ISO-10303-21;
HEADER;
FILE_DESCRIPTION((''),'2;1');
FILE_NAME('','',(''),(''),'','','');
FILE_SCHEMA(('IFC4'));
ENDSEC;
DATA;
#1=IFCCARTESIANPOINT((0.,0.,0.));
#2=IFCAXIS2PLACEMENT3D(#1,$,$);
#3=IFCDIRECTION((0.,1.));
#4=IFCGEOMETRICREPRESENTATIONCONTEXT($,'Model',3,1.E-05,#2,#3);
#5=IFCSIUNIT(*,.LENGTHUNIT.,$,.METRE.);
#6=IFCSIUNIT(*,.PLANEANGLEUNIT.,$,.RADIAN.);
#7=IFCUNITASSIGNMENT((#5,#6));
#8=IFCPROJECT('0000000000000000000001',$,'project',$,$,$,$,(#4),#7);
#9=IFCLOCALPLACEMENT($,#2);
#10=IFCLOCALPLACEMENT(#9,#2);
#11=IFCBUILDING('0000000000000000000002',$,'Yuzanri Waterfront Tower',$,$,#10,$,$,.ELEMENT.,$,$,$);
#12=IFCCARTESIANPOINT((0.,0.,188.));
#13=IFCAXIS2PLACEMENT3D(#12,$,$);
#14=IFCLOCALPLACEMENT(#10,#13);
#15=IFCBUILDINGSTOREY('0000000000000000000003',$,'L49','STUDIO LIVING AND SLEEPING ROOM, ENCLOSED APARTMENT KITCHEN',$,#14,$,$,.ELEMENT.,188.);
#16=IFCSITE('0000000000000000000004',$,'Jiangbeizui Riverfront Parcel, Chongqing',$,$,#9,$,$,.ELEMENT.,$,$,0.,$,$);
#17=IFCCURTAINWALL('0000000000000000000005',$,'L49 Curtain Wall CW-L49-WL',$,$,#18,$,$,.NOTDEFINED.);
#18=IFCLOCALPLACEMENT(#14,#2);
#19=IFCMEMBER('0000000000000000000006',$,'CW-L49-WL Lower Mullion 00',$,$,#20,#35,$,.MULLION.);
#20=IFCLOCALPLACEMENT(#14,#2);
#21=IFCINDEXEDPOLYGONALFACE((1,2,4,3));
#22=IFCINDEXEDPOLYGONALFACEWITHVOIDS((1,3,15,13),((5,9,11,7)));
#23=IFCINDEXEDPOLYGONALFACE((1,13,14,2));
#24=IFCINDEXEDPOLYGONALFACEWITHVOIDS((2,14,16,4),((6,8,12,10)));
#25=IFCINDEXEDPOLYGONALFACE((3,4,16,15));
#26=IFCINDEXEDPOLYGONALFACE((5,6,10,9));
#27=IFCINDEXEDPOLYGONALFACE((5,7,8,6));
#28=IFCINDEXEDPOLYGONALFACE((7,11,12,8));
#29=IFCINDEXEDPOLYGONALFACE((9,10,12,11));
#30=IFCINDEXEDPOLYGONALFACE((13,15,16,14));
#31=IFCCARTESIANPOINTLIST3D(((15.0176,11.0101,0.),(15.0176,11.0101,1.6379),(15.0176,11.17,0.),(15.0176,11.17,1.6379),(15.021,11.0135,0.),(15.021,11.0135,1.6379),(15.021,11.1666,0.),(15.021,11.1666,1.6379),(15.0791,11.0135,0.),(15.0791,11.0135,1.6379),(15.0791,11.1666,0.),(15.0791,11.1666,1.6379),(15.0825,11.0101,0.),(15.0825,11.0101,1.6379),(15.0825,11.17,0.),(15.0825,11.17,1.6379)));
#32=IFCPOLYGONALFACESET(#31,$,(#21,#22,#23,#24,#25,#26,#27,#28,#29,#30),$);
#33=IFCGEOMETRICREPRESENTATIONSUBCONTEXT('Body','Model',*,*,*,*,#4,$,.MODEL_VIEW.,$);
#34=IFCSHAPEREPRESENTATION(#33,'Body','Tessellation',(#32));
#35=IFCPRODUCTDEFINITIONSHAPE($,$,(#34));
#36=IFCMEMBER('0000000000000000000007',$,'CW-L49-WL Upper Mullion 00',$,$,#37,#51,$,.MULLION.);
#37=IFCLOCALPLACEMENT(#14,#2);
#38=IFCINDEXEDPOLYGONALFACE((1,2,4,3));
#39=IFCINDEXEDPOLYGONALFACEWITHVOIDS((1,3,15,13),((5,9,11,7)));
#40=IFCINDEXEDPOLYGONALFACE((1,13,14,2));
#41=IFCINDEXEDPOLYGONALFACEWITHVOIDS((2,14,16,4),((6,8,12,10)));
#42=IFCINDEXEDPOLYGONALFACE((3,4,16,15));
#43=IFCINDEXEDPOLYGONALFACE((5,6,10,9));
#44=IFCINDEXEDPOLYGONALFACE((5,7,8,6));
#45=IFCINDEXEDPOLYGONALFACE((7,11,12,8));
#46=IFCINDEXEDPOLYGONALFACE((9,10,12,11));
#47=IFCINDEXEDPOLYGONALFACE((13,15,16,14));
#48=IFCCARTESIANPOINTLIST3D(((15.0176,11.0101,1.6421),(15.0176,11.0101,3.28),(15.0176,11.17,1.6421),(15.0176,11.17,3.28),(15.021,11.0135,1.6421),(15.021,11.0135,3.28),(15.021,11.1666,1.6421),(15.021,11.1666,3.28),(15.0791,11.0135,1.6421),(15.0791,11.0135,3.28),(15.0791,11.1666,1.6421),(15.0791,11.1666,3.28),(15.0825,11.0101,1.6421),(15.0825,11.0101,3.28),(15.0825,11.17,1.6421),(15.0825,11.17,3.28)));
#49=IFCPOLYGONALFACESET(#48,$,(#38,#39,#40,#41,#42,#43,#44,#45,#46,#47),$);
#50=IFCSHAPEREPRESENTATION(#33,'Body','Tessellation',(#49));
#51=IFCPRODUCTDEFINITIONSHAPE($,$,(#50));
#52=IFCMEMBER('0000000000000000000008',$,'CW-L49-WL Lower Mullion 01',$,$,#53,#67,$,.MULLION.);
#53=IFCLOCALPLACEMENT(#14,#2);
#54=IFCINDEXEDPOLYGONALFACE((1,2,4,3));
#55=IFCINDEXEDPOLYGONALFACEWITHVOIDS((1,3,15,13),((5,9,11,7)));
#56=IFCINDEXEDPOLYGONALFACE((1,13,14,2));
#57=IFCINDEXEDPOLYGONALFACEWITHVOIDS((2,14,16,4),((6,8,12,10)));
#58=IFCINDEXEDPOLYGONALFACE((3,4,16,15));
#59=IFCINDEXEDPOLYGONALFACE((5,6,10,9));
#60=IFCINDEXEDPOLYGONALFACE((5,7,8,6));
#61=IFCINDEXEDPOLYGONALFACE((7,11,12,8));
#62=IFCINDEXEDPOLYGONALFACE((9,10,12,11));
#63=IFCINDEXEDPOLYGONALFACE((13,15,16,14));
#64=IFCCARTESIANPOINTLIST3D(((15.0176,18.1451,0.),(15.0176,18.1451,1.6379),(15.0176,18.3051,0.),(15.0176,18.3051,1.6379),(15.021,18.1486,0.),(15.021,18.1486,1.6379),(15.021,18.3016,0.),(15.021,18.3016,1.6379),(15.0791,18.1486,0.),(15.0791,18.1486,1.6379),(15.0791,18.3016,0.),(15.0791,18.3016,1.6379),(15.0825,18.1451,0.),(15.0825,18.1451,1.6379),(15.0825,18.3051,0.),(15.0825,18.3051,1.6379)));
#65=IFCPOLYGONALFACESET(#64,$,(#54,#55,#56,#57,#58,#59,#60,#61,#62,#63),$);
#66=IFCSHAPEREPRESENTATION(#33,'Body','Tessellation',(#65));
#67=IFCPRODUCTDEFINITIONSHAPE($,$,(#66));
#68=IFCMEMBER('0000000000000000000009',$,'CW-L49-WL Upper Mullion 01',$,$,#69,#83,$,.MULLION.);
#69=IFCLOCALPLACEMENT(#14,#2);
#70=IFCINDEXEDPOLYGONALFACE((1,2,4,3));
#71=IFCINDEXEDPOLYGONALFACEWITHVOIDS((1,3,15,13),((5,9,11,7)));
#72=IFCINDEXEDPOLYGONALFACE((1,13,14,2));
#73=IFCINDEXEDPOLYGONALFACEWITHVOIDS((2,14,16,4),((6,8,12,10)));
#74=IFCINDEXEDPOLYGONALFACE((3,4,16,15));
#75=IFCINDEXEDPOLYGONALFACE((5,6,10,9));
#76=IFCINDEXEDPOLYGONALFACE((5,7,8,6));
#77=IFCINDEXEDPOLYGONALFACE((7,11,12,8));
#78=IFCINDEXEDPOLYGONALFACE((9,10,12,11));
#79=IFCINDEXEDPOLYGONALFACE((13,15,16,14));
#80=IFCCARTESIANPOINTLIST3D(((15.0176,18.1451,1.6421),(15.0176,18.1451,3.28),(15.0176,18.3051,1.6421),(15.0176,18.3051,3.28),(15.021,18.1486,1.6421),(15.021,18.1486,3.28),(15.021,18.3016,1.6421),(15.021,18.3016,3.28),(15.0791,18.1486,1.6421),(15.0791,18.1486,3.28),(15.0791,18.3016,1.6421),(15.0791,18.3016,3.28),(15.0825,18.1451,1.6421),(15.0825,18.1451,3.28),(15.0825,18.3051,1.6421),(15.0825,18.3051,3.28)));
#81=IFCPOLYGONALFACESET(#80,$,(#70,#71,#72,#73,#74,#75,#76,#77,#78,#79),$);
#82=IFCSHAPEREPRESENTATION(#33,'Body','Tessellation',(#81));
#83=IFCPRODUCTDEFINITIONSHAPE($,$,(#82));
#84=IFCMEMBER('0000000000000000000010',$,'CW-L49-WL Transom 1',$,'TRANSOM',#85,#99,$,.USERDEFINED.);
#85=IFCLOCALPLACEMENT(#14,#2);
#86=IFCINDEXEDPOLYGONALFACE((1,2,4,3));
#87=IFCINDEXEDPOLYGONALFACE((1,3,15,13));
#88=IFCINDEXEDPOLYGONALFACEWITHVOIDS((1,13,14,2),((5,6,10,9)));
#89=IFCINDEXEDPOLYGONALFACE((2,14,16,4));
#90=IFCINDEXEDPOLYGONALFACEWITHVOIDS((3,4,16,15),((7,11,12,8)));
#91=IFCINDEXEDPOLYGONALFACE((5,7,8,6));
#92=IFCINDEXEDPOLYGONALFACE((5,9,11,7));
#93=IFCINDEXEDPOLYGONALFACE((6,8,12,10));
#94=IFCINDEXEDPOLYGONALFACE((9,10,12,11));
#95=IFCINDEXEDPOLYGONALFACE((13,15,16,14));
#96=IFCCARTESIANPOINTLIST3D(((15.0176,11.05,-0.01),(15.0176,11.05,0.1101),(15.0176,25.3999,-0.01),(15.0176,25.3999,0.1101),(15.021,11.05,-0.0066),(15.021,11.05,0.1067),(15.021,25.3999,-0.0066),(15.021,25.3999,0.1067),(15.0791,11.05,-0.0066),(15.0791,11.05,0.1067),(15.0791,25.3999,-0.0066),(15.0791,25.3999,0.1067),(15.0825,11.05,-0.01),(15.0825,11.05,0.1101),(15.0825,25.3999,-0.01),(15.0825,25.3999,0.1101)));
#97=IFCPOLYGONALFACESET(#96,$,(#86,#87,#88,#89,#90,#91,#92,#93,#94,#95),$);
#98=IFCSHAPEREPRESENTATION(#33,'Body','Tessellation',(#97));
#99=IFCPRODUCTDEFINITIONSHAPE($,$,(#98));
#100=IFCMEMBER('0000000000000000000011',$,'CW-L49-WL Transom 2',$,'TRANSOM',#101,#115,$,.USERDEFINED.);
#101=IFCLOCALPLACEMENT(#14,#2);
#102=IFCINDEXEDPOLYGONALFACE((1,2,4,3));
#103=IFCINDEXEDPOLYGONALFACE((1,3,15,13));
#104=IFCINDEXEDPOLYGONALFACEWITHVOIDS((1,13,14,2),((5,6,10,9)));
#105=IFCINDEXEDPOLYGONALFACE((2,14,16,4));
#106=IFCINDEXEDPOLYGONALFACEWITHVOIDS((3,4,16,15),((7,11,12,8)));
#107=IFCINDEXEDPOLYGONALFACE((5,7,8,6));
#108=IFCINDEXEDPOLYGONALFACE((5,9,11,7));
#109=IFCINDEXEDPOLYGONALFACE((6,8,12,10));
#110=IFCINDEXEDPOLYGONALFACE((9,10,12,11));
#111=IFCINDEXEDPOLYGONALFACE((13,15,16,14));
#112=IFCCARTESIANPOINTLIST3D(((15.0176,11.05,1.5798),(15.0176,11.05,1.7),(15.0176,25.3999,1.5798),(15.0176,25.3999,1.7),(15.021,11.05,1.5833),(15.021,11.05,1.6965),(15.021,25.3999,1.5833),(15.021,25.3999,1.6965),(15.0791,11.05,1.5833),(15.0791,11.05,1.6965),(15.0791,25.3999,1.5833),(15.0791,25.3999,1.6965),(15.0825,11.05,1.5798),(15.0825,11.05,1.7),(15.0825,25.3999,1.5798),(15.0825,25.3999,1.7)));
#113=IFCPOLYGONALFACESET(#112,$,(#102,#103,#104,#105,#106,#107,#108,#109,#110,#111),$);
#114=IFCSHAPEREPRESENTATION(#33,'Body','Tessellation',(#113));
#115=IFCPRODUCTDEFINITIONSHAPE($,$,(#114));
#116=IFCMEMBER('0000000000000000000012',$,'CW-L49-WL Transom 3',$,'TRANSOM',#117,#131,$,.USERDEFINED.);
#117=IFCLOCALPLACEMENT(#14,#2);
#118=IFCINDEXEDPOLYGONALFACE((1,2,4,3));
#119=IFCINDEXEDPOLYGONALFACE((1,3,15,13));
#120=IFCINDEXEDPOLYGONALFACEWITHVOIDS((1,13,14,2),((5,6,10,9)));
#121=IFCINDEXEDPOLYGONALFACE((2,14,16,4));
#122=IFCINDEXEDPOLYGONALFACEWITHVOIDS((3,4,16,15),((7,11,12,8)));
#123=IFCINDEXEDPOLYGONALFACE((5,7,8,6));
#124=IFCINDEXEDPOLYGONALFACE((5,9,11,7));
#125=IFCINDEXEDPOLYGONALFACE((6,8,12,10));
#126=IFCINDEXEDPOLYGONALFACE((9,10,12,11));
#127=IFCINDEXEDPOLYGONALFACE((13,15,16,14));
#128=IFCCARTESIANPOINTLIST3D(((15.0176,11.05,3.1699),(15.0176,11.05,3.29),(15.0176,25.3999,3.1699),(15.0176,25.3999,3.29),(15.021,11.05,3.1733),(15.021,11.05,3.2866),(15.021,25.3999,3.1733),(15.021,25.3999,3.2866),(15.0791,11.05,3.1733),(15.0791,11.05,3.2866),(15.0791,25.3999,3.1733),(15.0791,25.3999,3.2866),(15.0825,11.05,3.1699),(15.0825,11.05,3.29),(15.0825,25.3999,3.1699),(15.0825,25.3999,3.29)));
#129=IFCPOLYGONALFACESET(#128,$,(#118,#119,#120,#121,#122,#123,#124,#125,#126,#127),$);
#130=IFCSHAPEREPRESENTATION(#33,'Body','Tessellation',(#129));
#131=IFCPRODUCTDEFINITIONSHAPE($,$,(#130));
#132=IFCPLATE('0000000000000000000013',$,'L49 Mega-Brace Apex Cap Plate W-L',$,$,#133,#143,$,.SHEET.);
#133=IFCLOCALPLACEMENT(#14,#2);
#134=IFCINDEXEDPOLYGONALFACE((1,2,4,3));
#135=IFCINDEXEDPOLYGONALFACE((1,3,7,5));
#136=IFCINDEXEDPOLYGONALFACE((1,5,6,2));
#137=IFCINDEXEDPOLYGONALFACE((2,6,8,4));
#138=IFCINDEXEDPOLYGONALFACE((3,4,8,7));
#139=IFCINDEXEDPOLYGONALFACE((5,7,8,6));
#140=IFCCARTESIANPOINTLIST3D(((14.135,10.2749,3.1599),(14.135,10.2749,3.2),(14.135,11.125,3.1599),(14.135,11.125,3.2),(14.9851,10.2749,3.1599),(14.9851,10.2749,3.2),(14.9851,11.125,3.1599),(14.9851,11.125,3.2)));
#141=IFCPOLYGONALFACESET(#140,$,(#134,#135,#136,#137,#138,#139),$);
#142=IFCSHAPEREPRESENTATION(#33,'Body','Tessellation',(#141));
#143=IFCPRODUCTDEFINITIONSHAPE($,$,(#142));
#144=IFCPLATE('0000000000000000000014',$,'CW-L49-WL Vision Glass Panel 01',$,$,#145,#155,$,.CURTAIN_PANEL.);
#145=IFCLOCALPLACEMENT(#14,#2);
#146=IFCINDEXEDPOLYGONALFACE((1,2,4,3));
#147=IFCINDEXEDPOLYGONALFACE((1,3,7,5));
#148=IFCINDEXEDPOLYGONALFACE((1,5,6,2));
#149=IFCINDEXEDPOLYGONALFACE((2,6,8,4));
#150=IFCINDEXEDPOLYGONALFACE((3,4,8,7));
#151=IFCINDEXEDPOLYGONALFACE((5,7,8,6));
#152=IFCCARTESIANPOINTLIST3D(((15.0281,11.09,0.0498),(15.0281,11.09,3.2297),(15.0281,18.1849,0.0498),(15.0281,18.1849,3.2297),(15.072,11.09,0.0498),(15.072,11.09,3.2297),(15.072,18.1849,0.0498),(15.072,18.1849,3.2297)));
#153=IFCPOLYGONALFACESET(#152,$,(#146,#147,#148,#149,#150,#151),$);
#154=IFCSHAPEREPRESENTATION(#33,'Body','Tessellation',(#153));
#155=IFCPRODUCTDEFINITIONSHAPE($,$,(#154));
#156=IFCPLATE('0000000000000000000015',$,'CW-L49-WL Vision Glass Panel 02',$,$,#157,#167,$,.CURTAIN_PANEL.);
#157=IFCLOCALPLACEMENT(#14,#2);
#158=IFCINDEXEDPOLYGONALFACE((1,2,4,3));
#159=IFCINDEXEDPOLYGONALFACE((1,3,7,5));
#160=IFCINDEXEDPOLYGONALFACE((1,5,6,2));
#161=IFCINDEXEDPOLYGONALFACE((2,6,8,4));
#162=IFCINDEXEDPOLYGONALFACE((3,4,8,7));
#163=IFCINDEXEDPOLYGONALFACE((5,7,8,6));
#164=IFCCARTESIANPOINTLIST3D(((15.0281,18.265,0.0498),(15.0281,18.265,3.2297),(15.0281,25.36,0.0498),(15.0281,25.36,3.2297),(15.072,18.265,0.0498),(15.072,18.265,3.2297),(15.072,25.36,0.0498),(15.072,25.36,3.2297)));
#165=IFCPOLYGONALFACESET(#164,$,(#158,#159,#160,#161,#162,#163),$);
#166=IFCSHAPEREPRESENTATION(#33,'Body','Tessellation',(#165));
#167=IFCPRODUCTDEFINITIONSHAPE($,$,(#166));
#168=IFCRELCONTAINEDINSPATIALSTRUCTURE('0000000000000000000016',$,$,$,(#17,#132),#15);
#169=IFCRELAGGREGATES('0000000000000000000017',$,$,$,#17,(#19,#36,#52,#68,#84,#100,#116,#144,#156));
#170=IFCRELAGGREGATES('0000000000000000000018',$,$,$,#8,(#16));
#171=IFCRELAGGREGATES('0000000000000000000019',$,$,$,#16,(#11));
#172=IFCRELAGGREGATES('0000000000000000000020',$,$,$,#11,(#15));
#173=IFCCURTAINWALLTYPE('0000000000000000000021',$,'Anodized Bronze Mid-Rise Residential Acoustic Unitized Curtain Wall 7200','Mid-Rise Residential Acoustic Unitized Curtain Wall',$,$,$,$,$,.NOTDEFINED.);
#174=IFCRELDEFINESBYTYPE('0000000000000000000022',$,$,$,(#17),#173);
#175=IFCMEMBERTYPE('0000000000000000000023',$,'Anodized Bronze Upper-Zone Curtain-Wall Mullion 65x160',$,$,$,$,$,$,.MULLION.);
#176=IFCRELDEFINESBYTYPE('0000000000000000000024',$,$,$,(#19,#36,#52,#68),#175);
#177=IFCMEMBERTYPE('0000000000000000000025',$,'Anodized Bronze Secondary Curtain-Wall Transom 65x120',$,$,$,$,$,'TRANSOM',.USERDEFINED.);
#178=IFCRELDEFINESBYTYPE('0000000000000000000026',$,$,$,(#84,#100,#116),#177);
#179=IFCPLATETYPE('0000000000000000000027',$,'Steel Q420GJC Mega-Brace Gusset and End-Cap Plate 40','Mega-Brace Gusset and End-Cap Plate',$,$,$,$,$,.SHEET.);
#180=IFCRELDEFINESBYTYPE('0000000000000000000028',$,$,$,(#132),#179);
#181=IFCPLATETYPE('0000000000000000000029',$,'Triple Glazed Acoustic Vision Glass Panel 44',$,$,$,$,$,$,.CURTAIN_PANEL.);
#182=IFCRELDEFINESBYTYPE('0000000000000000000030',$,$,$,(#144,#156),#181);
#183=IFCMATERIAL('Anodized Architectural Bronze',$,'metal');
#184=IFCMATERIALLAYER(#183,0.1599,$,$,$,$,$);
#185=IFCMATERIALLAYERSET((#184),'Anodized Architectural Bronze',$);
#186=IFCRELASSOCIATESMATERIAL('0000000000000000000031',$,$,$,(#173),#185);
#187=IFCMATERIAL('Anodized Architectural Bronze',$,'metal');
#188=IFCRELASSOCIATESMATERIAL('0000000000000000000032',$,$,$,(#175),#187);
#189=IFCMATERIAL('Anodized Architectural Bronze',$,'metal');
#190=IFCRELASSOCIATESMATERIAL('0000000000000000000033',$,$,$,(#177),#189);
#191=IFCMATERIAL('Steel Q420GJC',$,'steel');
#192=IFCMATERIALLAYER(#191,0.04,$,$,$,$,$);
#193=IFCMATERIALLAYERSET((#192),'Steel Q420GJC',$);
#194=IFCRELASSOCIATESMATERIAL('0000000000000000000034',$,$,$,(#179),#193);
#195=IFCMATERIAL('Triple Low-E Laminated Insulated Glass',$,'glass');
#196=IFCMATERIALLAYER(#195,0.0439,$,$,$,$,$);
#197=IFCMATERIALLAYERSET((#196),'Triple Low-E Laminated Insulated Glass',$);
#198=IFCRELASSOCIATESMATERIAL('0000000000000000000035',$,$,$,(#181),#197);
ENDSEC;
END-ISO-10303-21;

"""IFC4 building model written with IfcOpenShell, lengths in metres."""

from ifc_helpers import new_model, si_unit, direction, frame, origin, origin_2d, place, context, subcontext, project, spatial, rectangle, hollow_rectangle, extrude, source, transform, mapped, material, layer, layer_set, material_profile, profile_set, type_object, element, aggregate, save


model = new_model("IFC4")

# Units and contexts
model_context = context("Model", 3, precision=1e-05, world=origin(), true_north=direction((0.0, 1.0)))
body_context = subcontext(model_context, "Body", "Model", "MODEL_VIEW")
ifc_project = project(units=[si_unit("LENGTHUNIT", "METRE"), si_unit("PLANEANGLEUNIT", "RADIAN")], contexts=[model_context])

# Site, building, storey
site_placement = place(None, origin())
site = spatial("IfcSite", under=ifc_project, at=site_placement, Name="Jiangbeizui Riverfront Parcel, Chongqing", CompositionType="ELEMENT", RefElevation=0.0)
building_placement = place(site_placement, origin())
building = spatial("IfcBuilding", under=site, at=building_placement, Name="Yuzanri Waterfront Tower", CompositionType="ELEMENT")
storey_placement = place(building_placement, frame((0.0, 0.0, 188.0)))
storey = spatial("IfcBuildingStorey", under=building, at=storey_placement, Name="L49", Description="STUDIO LIVING AND SLEEPING ROOM, ENCLOSED APARTMENT KITCHEN", CompositionType="ELEMENT", Elevation=188.0)

# Curtain wall, members
ifc_material_1 = material(Name="Anodized Architectural Bronze", Category="metal")
ifc_layer_1 = layer(ifc_material_1, 0.1599)
ifc_layer_set_1 = layer_set([ifc_layer_1], Name="Anodized Architectural Bronze")
curtain_wall_type = type_object("IfcCurtainWallType", Name="Anodized Bronze Mid-Rise Residential Acoustic Unitized Curtain Wall 7200", Description="Mid-Rise Residential Acoustic Unitized Curtain Wall", PredefinedType="NOTDEFINED", material=ifc_layer_set_1)
curtain_wall_placement = place(storey_placement, origin())
curtain_wall = element("IfcCurtainWall", 1, at=curtain_wall_placement, inside=storey, type_object=curtain_wall_type, Name="L49 Curtain Wall CW-L49-WL", PredefinedType="NOTDEFINED")
ifc_material_2 = material(Name="Anodized Architectural Bronze", Category="metal")
ifc_material_profile_1 = material_profile(ifc_material_2, hollow_rectangle(XDim=0.0649, YDim=0.1599, WallThickness=0.0034, at=origin_2d()), Name="CWM 65x160")
ifc_profile_set_1 = profile_set([ifc_material_profile_1], Name="Anodized Architectural Bronze")
member_type_1 = type_object("IfcMemberType", Name="Anodized Bronze Upper-Zone Curtain-Wall Mullion 65x160", PredefinedType="MULLION", material=ifc_profile_set_1)
shared_shape_1 = source(origin(), body_context, "Body", "SweptSolid", [
    extrude(hollow_rectangle(XDim=0.0649, YDim=0.1599, WallThickness=0.0034, at=origin_2d()), origin(), (0.0, 0.0, 1.0), 1.6379),
])
member_1_placement = place(storey_placement, frame((15.05, 11.0901, 0.0), z_axis=(0.0, 0.0, 1.0), x_axis=(1.0, 0.0, 0.0)))
member_1 = element("IfcMember", 2, at=member_1_placement, type_object=member_type_1, Name="CW-L49-WL Lower Mullion 00", PredefinedType="MULLION", context=body_context, shape_type="MappedRepresentation", body=[
    mapped(shared_shape_1, transform((0.0, 0.0, 0.0), scale=1.0)),
])
member_2_placement = place(storey_placement, frame((15.05, 11.0901, 1.6421), z_axis=(0.0, 0.0, 1.0), x_axis=(1.0, 0.0, 0.0)))
member_2 = element("IfcMember", 3, at=member_2_placement, type_object=member_type_1, Name="CW-L49-WL Upper Mullion 00", PredefinedType="MULLION", context=body_context, shape_type="MappedRepresentation", body=[
    mapped(shared_shape_1, transform((0.0, 0.0, 0.0), scale=1.0)),
])
member_3_placement = place(storey_placement, frame((15.05, 18.2251, 0.0), z_axis=(0.0, 0.0, 1.0), x_axis=(1.0, 0.0, 0.0)))
member_3 = element("IfcMember", 4, at=member_3_placement, type_object=member_type_1, Name="CW-L49-WL Lower Mullion 01", PredefinedType="MULLION", context=body_context, shape_type="MappedRepresentation", body=[
    mapped(shared_shape_1, transform((0.0, 0.0, 0.0), scale=1.0)),
])
member_4_placement = place(storey_placement, frame((15.05, 18.2251, 1.6421), z_axis=(0.0, 0.0, 1.0), x_axis=(1.0, 0.0, 0.0)))
member_4 = element("IfcMember", 5, at=member_4_placement, type_object=member_type_1, Name="CW-L49-WL Upper Mullion 01", PredefinedType="MULLION", context=body_context, shape_type="MappedRepresentation", body=[
    mapped(shared_shape_1, transform((0.0, 0.0, 0.0), scale=1.0)),
])
ifc_material_3 = material(Name="Anodized Architectural Bronze", Category="metal")
ifc_material_profile_2 = material_profile(ifc_material_3, hollow_rectangle(XDim=0.0649, YDim=0.1201, WallThickness=0.0034, at=origin_2d()), Name="CWT 65x120")
ifc_profile_set_2 = profile_set([ifc_material_profile_2], Name="Anodized Architectural Bronze")
member_type_2 = type_object("IfcMemberType", Name="Anodized Bronze Secondary Curtain-Wall Transom 65x120", ElementType="TRANSOM", PredefinedType="USERDEFINED", material=ifc_profile_set_2)
shared_shape_2 = source(origin(), body_context, "Body", "SweptSolid", [
    extrude(hollow_rectangle(XDim=0.0649, YDim=0.1201, WallThickness=0.0034, at=origin_2d()), origin(), (0.0, 0.0, 1.0), 14.3499),
])
member_5_placement = place(storey_placement, frame((15.05, 11.05, 0.05), z_axis=(0.0, 1.0, 0.0), x_axis=(-1.0, 0.0, 0.0)))
member_5 = element("IfcMember", 6, at=member_5_placement, type_object=member_type_2, Name="CW-L49-WL Transom 1", ObjectType="TRANSOM", PredefinedType="USERDEFINED", context=body_context, shape_type="MappedRepresentation", body=[
    mapped(shared_shape_2, transform((0.0, 0.0, 0.0), scale=1.0)),
])
member_6_placement = place(storey_placement, frame((15.05, 11.05, 1.6399), z_axis=(0.0, 1.0, 0.0), x_axis=(-1.0, 0.0, 0.0)))
member_6 = element("IfcMember", 7, at=member_6_placement, type_object=member_type_2, Name="CW-L49-WL Transom 2", ObjectType="TRANSOM", PredefinedType="USERDEFINED", context=body_context, shape_type="MappedRepresentation", body=[
    mapped(shared_shape_2, transform((0.0, 0.0, 0.0), scale=1.0)),
])
member_7_placement = place(storey_placement, frame((15.05, 11.05, 3.23), z_axis=(0.0, 1.0, 0.0), x_axis=(-1.0, 0.0, 0.0)))
member_7 = element("IfcMember", 8, at=member_7_placement, type_object=member_type_2, Name="CW-L49-WL Transom 3", ObjectType="TRANSOM", PredefinedType="USERDEFINED", context=body_context, shape_type="MappedRepresentation", body=[
    mapped(shared_shape_2, transform((0.0, 0.0, 0.0), scale=1.0)),
])

# Plates
ifc_material_4 = material(Name="Steel Q420GJC", Category="steel")
ifc_layer_2 = layer(ifc_material_4, 0.04)
ifc_layer_set_2 = layer_set([ifc_layer_2], Name="Steel Q420GJC")
plate_type_1 = type_object("IfcPlateType", Name="Steel Q420GJC Mega-Brace Gusset and End-Cap Plate 40", Description="Mega-Brace Gusset and End-Cap Plate", PredefinedType="SHEET", material=ifc_layer_set_2)
shared_shape_3 = source(origin(), body_context, "Body", "SweptSolid", [
    extrude(rectangle(XDim=0.8501, YDim=0.8501, at=origin_2d()), origin(), (0.0, 0.0, 1.0), 0.04),
])
plate_1_placement = place(storey_placement, frame((14.5601, 10.7, 3.1599), z_axis=(0.0, 0.0, 1.0), x_axis=(1.0, 0.0, 0.0)))
element("IfcPlate", 9, at=plate_1_placement, inside=storey, type_object=plate_type_1, Name="L49 Mega-Brace Apex Cap Plate W-L", PredefinedType="SHEET", context=body_context, shape_type="MappedRepresentation", body=[
    mapped(shared_shape_3, transform((0.0, 0.0, 0.0), scale=1.0)),
])
ifc_material_5 = material(Name="Triple Low-E Laminated Insulated Glass", Category="glass")
ifc_layer_3 = layer(ifc_material_5, 0.0439)
ifc_layer_set_3 = layer_set([ifc_layer_3], Name="Triple Low-E Laminated Insulated Glass")
plate_type_2 = type_object("IfcPlateType", Name="Triple Glazed Acoustic Vision Glass Panel 44", PredefinedType="CURTAIN_PANEL", material=ifc_layer_set_3)
shared_shape_4 = source(origin(), body_context, "Body", "SweptSolid", [
    extrude(rectangle(XDim=7.095, YDim=0.0439, at=origin_2d()), origin(), (0.0, 0.0, 1.0), 3.1799),
])
plate_2_placement = place(storey_placement, frame((15.05, 14.6375, 0.0498), z_axis=(0.0, 0.0, 1.0), x_axis=(0.0, 1.0, 0.0)))
plate_2 = element("IfcPlate", 10, at=plate_2_placement, type_object=plate_type_2, Name="CW-L49-WL Vision Glass Panel 01", PredefinedType="CURTAIN_PANEL", context=body_context, shape_type="MappedRepresentation", body=[
    mapped(shared_shape_4, transform((0.0, 0.0, 0.0), scale=1.0)),
])
plate_3_placement = place(storey_placement, frame((15.05, 21.8125, 0.0498), z_axis=(0.0, 0.0, 1.0), x_axis=(0.0, 1.0, 0.0)))
plate_3 = element("IfcPlate", 11, at=plate_3_placement, type_object=plate_type_2, Name="CW-L49-WL Vision Glass Panel 02", PredefinedType="CURTAIN_PANEL", context=body_context, shape_type="MappedRepresentation", body=[
    mapped(shared_shape_4, transform((0.0, 0.0, 0.0), scale=1.0)),
])
aggregate(curtain_wall, [member_1, member_2, member_3, member_4, member_5, member_6, member_7, plate_2, plate_3])

save(model, "model.ifc")
